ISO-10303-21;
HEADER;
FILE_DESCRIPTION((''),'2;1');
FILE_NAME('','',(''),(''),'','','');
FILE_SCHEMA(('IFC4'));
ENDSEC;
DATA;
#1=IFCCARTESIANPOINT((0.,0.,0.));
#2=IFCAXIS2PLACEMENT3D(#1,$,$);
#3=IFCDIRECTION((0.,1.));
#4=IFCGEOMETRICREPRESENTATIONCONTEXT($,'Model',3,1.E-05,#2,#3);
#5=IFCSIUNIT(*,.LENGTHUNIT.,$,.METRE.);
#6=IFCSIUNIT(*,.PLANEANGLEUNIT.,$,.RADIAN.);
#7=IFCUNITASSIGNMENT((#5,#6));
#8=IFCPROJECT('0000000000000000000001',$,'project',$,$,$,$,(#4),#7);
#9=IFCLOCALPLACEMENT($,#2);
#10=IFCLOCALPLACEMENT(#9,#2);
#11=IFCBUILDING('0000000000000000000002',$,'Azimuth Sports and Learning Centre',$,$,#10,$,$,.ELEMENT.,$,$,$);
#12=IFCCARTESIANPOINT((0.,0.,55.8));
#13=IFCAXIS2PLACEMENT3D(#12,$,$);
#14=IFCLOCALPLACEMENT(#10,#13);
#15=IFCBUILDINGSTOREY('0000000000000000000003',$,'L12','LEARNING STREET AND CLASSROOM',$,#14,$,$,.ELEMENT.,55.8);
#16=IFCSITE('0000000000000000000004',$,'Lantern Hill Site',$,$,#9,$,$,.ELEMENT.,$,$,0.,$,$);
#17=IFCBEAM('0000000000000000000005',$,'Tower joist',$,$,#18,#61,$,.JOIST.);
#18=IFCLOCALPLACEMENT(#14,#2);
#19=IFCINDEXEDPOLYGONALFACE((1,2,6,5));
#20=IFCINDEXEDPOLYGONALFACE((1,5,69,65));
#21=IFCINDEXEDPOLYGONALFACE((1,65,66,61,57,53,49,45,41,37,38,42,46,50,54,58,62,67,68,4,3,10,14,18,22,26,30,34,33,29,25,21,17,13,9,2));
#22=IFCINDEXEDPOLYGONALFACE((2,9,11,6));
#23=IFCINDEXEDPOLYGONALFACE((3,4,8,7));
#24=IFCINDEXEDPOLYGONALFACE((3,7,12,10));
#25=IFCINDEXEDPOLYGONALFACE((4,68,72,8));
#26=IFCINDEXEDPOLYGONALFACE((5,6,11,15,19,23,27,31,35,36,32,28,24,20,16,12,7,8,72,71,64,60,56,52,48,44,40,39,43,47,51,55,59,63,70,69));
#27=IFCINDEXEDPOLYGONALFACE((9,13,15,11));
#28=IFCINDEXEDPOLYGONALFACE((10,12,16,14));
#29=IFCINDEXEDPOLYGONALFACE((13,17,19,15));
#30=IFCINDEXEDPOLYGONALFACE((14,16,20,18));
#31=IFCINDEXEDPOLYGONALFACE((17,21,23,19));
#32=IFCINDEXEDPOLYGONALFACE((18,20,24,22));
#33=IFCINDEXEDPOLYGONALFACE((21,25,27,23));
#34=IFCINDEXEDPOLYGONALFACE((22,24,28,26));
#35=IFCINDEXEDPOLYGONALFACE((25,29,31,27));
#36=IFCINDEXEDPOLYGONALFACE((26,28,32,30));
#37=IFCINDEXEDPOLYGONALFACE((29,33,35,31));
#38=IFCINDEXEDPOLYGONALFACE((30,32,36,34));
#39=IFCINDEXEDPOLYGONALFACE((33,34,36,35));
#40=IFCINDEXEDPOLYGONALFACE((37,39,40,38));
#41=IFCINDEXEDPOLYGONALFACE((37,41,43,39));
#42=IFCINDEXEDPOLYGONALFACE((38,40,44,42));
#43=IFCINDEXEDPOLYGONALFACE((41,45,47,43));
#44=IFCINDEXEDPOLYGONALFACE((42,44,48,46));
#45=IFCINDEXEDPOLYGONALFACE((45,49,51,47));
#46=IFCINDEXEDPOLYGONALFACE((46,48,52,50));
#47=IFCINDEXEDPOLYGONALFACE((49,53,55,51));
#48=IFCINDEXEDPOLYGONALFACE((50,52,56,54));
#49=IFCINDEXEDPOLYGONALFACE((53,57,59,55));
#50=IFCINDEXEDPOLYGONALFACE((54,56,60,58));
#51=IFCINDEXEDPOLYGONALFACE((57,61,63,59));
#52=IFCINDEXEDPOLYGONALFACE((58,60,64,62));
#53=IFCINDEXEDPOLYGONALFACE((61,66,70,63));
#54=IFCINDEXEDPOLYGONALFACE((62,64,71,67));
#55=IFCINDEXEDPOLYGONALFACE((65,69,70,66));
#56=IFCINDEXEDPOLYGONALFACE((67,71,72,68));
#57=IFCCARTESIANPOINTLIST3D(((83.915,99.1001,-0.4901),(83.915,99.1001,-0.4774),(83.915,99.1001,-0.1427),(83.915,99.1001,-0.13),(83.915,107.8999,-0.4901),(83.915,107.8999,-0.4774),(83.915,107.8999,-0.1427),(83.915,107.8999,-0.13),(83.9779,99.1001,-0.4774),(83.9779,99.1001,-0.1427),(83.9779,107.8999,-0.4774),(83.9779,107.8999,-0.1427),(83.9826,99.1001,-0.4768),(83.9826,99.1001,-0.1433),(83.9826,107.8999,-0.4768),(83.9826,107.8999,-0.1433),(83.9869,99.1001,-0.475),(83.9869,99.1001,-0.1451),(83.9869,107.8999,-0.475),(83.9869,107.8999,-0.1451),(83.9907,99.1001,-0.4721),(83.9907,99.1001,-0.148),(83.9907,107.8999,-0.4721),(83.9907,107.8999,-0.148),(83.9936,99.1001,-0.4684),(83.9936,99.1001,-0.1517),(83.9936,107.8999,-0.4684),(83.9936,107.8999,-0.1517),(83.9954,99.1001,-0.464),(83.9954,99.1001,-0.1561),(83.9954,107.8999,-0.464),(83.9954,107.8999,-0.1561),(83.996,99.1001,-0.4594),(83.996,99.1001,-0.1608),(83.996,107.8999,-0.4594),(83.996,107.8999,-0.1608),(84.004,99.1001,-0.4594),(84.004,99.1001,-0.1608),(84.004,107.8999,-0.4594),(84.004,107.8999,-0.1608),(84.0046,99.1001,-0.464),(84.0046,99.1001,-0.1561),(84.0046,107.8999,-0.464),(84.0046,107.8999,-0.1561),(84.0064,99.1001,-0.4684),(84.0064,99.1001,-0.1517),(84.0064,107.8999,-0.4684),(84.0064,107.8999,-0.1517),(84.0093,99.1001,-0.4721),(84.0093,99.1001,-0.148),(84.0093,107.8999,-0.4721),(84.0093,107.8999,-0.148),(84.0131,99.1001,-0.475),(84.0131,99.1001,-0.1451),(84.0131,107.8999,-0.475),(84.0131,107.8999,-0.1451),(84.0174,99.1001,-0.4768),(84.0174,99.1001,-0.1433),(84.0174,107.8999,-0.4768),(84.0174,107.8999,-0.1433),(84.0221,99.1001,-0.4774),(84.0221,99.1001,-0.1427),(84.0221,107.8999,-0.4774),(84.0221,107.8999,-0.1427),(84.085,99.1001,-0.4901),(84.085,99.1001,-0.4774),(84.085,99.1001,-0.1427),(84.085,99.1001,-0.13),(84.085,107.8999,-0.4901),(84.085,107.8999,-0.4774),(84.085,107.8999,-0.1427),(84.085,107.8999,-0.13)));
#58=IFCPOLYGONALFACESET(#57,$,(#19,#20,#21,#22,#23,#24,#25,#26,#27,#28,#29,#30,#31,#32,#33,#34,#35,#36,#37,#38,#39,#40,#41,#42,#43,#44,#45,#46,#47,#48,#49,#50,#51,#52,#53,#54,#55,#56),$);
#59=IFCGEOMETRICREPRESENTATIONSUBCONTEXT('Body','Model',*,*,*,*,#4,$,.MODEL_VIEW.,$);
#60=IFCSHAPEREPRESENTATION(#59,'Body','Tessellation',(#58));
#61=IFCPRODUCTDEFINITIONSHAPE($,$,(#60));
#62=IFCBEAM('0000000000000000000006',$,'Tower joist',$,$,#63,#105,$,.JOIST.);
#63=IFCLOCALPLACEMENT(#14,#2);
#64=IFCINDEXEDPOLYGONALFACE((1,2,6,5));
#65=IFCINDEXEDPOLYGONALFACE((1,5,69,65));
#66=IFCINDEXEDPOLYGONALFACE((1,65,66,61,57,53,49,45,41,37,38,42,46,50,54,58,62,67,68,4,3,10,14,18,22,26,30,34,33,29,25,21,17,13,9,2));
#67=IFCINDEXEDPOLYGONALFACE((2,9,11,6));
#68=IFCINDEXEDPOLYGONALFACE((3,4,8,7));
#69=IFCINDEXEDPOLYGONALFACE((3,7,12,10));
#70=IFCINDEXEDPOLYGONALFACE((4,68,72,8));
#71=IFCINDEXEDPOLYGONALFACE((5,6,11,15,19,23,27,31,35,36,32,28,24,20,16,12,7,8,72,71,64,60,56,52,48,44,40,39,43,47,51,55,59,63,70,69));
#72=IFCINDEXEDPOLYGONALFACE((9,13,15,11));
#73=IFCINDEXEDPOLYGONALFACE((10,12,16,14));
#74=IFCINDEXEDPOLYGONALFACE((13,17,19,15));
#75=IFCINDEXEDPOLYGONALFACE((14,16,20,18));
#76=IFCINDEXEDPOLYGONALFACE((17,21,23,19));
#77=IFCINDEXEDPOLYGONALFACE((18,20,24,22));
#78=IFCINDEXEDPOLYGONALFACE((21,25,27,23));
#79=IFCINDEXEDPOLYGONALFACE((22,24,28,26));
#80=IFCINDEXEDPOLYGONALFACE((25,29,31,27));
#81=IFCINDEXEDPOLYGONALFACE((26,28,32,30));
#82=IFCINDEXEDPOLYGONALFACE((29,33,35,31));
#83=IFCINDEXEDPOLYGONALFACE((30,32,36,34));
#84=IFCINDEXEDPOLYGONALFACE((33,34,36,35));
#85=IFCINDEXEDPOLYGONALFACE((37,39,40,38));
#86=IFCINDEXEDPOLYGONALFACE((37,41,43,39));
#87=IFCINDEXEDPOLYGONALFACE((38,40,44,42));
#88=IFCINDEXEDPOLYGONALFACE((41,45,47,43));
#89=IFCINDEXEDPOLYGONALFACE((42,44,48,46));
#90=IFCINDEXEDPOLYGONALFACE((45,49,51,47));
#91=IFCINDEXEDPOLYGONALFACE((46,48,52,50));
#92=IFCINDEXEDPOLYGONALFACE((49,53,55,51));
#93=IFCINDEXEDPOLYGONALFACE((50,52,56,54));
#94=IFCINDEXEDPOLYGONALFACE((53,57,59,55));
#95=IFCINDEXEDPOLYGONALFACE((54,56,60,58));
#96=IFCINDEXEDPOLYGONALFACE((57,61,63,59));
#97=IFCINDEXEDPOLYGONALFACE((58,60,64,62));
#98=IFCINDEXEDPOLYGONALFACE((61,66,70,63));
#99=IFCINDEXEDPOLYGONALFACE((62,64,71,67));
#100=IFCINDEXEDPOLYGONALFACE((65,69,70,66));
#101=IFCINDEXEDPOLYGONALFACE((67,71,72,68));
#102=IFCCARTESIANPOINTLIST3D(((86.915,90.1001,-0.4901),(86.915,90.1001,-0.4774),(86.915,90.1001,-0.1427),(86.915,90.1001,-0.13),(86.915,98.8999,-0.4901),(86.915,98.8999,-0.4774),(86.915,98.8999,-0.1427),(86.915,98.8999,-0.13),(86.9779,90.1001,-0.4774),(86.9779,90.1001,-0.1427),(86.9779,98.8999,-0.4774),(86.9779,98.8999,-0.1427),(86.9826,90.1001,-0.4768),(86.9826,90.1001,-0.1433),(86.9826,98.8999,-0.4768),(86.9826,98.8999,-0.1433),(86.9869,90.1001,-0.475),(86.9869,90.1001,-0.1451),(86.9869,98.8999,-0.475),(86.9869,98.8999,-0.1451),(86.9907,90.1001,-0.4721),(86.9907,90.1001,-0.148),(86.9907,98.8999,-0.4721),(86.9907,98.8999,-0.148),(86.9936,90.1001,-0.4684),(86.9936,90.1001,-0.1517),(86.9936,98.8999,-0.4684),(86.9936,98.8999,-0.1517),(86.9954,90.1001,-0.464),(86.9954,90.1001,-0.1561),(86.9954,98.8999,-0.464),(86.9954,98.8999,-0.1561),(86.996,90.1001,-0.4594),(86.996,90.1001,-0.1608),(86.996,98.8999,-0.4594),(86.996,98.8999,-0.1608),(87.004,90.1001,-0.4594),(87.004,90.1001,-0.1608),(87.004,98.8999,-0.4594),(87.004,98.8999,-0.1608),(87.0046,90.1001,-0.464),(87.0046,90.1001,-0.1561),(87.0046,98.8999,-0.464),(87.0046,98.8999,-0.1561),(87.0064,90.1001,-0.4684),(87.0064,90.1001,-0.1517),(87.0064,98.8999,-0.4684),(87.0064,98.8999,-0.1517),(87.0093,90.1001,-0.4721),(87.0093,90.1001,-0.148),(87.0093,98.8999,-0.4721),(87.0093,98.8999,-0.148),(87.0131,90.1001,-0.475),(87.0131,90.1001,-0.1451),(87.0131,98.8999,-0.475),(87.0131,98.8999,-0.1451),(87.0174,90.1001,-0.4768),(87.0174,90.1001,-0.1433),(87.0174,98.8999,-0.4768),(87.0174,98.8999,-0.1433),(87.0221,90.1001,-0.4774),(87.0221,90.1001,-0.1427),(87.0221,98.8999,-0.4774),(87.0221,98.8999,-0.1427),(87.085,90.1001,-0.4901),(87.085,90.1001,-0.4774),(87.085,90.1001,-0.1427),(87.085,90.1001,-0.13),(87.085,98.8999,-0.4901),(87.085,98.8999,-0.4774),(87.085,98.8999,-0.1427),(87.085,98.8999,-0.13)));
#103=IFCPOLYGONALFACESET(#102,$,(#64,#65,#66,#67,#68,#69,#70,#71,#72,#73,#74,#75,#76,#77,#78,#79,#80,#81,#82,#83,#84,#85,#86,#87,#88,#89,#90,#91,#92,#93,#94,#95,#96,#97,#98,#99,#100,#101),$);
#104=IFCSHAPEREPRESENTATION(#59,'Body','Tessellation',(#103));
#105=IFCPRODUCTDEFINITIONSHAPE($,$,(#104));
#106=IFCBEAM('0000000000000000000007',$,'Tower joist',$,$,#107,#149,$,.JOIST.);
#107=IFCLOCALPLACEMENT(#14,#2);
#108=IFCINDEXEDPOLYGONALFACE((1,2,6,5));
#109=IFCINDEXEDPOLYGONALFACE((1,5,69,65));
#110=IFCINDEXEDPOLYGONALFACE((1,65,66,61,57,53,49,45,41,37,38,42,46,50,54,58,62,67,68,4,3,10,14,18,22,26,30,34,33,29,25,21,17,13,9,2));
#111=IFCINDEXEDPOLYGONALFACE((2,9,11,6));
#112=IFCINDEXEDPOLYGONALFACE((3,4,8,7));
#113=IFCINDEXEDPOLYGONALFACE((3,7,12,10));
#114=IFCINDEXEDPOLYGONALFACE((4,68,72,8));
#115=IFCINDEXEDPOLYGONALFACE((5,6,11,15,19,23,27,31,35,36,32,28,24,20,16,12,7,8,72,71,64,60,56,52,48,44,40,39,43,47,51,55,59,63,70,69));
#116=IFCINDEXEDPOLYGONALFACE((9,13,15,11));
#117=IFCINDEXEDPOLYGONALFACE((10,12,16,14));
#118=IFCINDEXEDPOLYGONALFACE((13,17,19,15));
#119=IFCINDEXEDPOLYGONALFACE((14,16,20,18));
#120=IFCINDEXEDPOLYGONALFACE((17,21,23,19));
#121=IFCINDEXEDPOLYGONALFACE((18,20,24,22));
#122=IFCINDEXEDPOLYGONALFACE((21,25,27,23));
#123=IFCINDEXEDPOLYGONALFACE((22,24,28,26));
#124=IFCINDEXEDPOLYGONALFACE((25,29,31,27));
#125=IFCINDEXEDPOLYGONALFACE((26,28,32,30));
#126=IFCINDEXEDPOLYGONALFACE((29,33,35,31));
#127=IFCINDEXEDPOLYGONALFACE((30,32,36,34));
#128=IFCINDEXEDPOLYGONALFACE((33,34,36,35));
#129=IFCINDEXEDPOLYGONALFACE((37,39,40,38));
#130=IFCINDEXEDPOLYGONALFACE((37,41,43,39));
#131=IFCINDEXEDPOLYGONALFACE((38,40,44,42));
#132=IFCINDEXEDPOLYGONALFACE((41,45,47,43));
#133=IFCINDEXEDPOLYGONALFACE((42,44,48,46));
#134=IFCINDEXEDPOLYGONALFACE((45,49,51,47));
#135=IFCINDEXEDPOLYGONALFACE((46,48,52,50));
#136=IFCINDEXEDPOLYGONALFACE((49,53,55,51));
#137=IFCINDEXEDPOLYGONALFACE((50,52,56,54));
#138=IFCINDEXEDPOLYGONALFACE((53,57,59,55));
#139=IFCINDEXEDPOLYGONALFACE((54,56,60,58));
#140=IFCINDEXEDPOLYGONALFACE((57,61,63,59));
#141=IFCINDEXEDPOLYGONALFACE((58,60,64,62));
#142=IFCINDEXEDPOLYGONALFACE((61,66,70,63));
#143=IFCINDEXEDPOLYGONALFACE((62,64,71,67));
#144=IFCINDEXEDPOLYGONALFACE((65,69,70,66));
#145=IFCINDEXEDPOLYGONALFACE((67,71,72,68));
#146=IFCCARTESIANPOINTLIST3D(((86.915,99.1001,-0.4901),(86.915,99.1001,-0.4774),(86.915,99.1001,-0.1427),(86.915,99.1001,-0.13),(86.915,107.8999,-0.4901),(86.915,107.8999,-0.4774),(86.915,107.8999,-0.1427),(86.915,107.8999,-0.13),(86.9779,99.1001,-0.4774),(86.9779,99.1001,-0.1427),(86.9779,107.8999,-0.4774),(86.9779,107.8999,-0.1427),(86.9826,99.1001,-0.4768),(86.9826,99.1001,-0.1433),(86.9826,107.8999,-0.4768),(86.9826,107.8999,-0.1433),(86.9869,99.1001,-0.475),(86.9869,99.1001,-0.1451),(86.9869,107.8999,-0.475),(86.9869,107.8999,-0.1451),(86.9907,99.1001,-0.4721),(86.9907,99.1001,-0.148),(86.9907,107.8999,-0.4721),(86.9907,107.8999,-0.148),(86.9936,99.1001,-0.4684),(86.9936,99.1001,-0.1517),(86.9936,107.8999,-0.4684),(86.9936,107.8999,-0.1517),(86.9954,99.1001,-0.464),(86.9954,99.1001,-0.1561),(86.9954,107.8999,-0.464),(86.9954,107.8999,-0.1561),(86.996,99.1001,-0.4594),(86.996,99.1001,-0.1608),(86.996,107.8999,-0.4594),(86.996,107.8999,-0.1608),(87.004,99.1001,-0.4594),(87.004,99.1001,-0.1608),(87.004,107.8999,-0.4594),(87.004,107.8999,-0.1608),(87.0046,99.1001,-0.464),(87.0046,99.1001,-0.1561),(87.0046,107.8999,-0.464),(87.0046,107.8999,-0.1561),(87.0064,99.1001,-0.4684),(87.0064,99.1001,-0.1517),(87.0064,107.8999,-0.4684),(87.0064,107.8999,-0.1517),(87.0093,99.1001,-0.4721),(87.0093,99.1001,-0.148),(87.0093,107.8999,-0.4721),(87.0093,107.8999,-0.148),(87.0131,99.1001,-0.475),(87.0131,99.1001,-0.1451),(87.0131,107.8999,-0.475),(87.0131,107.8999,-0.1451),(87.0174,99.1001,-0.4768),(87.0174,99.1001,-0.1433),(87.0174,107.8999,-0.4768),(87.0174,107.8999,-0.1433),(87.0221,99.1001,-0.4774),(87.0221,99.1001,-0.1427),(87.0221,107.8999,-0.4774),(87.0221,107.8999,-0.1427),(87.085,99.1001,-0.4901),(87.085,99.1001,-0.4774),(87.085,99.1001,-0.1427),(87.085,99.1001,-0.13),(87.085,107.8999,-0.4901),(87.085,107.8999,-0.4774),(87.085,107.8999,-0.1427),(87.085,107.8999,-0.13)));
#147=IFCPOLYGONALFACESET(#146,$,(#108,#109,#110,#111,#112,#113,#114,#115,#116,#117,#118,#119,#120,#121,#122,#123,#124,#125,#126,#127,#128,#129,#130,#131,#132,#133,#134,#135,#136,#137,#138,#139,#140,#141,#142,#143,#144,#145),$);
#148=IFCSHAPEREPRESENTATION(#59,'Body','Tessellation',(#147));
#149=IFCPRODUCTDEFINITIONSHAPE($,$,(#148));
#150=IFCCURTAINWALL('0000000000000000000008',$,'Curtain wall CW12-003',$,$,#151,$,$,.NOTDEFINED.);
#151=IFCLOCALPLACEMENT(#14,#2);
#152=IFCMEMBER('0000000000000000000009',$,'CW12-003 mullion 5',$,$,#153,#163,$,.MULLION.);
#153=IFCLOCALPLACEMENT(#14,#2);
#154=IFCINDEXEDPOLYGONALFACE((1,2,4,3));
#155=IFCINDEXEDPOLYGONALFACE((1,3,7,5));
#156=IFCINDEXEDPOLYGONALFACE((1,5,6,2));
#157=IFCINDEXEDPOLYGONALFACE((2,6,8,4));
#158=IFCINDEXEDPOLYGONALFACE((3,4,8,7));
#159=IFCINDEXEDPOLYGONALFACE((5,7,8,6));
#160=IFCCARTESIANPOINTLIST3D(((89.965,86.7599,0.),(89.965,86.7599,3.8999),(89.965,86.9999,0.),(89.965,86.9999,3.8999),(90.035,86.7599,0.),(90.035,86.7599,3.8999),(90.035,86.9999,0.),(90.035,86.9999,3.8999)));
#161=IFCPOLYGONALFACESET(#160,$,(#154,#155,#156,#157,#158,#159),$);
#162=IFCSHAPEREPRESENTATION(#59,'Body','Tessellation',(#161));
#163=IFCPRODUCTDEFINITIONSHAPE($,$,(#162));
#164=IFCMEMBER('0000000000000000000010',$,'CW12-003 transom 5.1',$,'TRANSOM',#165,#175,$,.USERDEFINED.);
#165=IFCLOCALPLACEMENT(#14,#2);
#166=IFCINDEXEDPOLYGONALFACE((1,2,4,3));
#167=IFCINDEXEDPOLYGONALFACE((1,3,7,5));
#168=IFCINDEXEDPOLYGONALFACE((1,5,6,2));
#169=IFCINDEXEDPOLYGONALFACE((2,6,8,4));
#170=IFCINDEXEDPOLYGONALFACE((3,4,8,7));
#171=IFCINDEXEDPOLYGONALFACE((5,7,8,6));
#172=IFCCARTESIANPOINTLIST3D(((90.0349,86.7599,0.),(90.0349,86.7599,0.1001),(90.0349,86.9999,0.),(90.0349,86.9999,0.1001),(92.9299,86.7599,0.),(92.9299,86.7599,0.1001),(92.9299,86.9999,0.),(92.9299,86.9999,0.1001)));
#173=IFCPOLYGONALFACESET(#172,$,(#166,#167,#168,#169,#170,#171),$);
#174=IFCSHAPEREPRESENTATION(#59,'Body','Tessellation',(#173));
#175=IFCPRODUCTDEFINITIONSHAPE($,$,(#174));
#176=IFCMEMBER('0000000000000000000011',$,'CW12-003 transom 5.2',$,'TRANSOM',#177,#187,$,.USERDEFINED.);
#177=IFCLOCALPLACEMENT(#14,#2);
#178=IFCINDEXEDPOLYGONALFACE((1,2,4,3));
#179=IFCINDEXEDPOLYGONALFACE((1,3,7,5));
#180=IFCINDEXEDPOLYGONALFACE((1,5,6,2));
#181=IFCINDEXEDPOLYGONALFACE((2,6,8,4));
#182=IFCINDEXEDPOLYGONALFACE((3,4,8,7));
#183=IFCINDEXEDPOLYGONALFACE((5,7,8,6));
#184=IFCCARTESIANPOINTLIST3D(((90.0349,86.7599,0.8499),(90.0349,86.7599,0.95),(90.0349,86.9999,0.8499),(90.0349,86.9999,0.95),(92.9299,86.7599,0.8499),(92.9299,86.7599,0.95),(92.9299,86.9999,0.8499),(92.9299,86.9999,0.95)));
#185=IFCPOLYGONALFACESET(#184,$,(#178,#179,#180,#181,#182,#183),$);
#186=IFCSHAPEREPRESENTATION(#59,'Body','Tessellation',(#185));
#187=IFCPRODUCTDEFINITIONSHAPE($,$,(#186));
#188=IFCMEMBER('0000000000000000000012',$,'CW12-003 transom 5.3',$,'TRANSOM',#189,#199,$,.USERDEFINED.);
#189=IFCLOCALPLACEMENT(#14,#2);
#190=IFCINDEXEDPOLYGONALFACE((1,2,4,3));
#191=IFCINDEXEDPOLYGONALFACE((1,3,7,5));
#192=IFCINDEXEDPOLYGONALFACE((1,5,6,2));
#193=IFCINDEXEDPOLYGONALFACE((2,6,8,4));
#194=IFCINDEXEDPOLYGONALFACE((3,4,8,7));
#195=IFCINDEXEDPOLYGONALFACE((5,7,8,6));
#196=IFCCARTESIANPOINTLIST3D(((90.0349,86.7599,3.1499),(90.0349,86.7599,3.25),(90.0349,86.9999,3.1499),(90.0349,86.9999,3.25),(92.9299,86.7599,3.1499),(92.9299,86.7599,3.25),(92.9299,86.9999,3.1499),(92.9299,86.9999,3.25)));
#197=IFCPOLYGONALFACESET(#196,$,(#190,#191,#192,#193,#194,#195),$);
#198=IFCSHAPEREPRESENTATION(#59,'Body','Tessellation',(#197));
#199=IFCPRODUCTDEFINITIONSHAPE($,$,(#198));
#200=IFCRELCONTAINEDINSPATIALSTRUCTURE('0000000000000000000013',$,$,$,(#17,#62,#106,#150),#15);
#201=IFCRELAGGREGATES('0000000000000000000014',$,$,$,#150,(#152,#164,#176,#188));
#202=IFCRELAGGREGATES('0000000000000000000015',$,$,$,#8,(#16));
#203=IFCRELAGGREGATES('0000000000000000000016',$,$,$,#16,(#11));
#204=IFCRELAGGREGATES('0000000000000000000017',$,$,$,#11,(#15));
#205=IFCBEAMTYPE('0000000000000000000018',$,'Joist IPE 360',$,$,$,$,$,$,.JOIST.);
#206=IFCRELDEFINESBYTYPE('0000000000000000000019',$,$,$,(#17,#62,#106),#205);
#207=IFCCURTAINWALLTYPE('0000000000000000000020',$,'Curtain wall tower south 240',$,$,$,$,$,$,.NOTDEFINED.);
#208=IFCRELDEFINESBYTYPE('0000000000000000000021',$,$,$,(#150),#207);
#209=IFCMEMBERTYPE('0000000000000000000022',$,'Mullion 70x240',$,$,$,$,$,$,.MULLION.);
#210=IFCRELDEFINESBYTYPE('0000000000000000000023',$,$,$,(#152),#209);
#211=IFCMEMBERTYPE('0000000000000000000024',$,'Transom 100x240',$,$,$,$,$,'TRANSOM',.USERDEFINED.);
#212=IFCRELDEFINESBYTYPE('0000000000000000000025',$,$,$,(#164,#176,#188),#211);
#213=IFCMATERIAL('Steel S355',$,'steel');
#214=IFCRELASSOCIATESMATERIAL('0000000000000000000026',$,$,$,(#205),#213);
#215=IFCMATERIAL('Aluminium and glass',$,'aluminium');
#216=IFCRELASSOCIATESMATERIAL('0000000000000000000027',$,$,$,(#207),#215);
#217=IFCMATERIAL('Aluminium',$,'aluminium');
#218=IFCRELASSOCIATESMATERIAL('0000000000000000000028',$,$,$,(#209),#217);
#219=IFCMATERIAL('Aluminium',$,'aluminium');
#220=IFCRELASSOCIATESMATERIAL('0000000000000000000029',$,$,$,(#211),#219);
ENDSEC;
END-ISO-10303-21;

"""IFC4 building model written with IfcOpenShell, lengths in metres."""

from ifc_helpers import new_model, si_unit, direction, frame, origin, origin_2d, place, context, subcontext, project, spatial, rectangle, i_section, extrude, material, material_profile, profile_set, type_object, element, aggregate, save


model = new_model("IFC4")

# Units and contexts
model_context = context("Model", 3, precision=1e-05, world=origin(), true_north=direction((0.0, 1.0)))
body_context = subcontext(model_context, "Body", "Model", "MODEL_VIEW")
ifc_project = project(units=[si_unit("LENGTHUNIT", "METRE"), si_unit("PLANEANGLEUNIT", "RADIAN")], contexts=[model_context])

# Site, building, storey
site_placement = place(None, origin())
site = spatial("IfcSite", under=ifc_project, at=site_placement, Name="Lantern Hill Site", CompositionType="ELEMENT", RefElevation=0.0)
building_placement = place(site_placement, origin())
building = spatial("IfcBuilding", under=site, at=building_placement, Name="Azimuth Sports and Learning Centre", CompositionType="ELEMENT")
storey_placement = place(building_placement, frame((0.0, 0.0, 55.8)))
storey = spatial("IfcBuildingStorey", under=building, at=storey_placement, Name="L12", Description="LEARNING STREET AND CLASSROOM", CompositionType="ELEMENT", Elevation=55.8)

# Beams
ifc_material_1 = material(Name="Steel S355", Category="steel")
ifc_material_profile_1 = material_profile(ifc_material_1, i_section(OverallWidth=0.1699, OverallDepth=0.3601, WebThickness=0.0081, FlangeThickness=0.0127, FilletRadius=0.0181, at=origin_2d()), Name="IPE 360")
ifc_profile_set_1 = profile_set([ifc_material_profile_1], Name="Steel S355")
beam_type_1 = type_object("IfcBeamType", Name="Joist IPE 360", PredefinedType="JOIST", material=ifc_profile_set_1)
for number, where, z_axis, x_axis, name in (
    (1, (84.0, 99.1001, -0.3101), (0.0, 1.0, 0.0), (-1.0, 0.0, 0.0), "Tower joist"),
    (2, (87.0, 90.1001, -0.3101), (0.0, 1.0, 0.0), (-1.0, 0.0, 0.0), "Tower joist"),
    (3, (87.0, 99.1001, -0.3101), (0.0, 1.0, 0.0), (-1.0, 0.0, 0.0), "Tower joist"),
):
    element("IfcBeam", number, at=place(storey_placement, frame(where, z_axis=z_axis, x_axis=x_axis)), inside=storey, type_object=beam_type_1, Name=name, PredefinedType="JOIST", context=body_context, shape_type="SweptSolid", body=[
        extrude(i_section(OverallWidth=0.1699, OverallDepth=0.3601, WebThickness=0.0081, FlangeThickness=0.0127, FilletRadius=0.0181, at=origin_2d()), origin(), (0.0, 0.0, 1.0), 8.7998),
    ])

# Curtain wall, members
ifc_material_2 = material(Name="Aluminium and glass", Category="aluminium")
curtain_wall_type = type_object("IfcCurtainWallType", Name="Curtain wall tower south 240", PredefinedType="NOTDEFINED", material=ifc_material_2)
curtain_wall_placement = place(storey_placement, origin())
curtain_wall = element("IfcCurtainWall", 4, at=curtain_wall_placement, inside=storey, type_object=curtain_wall_type, Name="Curtain wall CW12-003", PredefinedType="NOTDEFINED")
ifc_material_3 = material(Name="Aluminium", Category="aluminium")
ifc_material_profile_2 = material_profile(ifc_material_3, rectangle(XDim=0.24, YDim=0.0701, at=origin_2d()), Name="Mullion 70x240")
ifc_profile_set_2 = profile_set([ifc_material_profile_2], Name="Aluminium")
member_type_1 = type_object("IfcMemberType", Name="Mullion 70x240", PredefinedType="MULLION", material=ifc_profile_set_2)
member_1_placement = place(storey_placement, frame((90.0, 86.8799, 0.0), z_axis=(0.0, 0.0, 1.0), x_axis=(0.0, 1.0, 0.0)))
member_1 = element("IfcMember", 5, at=member_1_placement, type_object=member_type_1, Name="CW12-003 mullion 5", PredefinedType="MULLION", context=body_context, shape_type="SweptSolid", body=[
    extrude(rectangle(XDim=0.24, YDim=0.0701, at=origin_2d()), origin(), (0.0, 0.0, 1.0), 3.8999),
])
ifc_material_4 = material(Name="Aluminium", Category="aluminium")
ifc_material_profile_3 = material_profile(ifc_material_4, rectangle(XDim=0.24, YDim=0.1001, at=origin_2d()), Name="Transom 100x240")
ifc_profile_set_3 = profile_set([ifc_material_profile_3], Name="Aluminium")
member_type_2 = type_object("IfcMemberType", Name="Transom 100x240", ElementType="TRANSOM", PredefinedType="USERDEFINED", material=ifc_profile_set_3)
member_2_placement = place(storey_placement, frame((90.0349, 86.8799, 0.05), z_axis=(1.0, 0.0, 0.0), x_axis=(0.0, 1.0, 0.0)))
member_2 = element("IfcMember", 6, at=member_2_placement, type_object=member_type_2, Name="CW12-003 transom 5.1", ObjectType="TRANSOM", PredefinedType="USERDEFINED", context=body_context, shape_type="SweptSolid", body=[
    extrude(rectangle(XDim=0.24, YDim=0.1001, at=origin_2d()), origin(), (0.0, 0.0, 1.0), 2.895),
])
member_3_placement = place(storey_placement, frame((90.0349, 86.8799, 0.8999), z_axis=(1.0, 0.0, 0.0), x_axis=(0.0, 1.0, 0.0)))
member_3 = element("IfcMember", 7, at=member_3_placement, type_object=member_type_2, Name="CW12-003 transom 5.2", ObjectType="TRANSOM", PredefinedType="USERDEFINED", context=body_context, shape_type="SweptSolid", body=[
    extrude(rectangle(XDim=0.24, YDim=0.1001, at=origin_2d()), origin(), (0.0, 0.0, 1.0), 2.895),
])
member_4_placement = place(storey_placement, frame((90.0349, 86.8799, 3.2), z_axis=(1.0, 0.0, 0.0), x_axis=(0.0, 1.0, 0.0)))
member_4 = element("IfcMember", 8, at=member_4_placement, type_object=member_type_2, Name="CW12-003 transom 5.3", ObjectType="TRANSOM", PredefinedType="USERDEFINED", context=body_context, shape_type="SweptSolid", body=[
    extrude(rectangle(XDim=0.24, YDim=0.1001, at=origin_2d()), origin(), (0.0, 0.0, 1.0), 2.895),
])
aggregate(curtain_wall, [member_1, member_2, member_3, member_4])

save(model, "model.ifc")
